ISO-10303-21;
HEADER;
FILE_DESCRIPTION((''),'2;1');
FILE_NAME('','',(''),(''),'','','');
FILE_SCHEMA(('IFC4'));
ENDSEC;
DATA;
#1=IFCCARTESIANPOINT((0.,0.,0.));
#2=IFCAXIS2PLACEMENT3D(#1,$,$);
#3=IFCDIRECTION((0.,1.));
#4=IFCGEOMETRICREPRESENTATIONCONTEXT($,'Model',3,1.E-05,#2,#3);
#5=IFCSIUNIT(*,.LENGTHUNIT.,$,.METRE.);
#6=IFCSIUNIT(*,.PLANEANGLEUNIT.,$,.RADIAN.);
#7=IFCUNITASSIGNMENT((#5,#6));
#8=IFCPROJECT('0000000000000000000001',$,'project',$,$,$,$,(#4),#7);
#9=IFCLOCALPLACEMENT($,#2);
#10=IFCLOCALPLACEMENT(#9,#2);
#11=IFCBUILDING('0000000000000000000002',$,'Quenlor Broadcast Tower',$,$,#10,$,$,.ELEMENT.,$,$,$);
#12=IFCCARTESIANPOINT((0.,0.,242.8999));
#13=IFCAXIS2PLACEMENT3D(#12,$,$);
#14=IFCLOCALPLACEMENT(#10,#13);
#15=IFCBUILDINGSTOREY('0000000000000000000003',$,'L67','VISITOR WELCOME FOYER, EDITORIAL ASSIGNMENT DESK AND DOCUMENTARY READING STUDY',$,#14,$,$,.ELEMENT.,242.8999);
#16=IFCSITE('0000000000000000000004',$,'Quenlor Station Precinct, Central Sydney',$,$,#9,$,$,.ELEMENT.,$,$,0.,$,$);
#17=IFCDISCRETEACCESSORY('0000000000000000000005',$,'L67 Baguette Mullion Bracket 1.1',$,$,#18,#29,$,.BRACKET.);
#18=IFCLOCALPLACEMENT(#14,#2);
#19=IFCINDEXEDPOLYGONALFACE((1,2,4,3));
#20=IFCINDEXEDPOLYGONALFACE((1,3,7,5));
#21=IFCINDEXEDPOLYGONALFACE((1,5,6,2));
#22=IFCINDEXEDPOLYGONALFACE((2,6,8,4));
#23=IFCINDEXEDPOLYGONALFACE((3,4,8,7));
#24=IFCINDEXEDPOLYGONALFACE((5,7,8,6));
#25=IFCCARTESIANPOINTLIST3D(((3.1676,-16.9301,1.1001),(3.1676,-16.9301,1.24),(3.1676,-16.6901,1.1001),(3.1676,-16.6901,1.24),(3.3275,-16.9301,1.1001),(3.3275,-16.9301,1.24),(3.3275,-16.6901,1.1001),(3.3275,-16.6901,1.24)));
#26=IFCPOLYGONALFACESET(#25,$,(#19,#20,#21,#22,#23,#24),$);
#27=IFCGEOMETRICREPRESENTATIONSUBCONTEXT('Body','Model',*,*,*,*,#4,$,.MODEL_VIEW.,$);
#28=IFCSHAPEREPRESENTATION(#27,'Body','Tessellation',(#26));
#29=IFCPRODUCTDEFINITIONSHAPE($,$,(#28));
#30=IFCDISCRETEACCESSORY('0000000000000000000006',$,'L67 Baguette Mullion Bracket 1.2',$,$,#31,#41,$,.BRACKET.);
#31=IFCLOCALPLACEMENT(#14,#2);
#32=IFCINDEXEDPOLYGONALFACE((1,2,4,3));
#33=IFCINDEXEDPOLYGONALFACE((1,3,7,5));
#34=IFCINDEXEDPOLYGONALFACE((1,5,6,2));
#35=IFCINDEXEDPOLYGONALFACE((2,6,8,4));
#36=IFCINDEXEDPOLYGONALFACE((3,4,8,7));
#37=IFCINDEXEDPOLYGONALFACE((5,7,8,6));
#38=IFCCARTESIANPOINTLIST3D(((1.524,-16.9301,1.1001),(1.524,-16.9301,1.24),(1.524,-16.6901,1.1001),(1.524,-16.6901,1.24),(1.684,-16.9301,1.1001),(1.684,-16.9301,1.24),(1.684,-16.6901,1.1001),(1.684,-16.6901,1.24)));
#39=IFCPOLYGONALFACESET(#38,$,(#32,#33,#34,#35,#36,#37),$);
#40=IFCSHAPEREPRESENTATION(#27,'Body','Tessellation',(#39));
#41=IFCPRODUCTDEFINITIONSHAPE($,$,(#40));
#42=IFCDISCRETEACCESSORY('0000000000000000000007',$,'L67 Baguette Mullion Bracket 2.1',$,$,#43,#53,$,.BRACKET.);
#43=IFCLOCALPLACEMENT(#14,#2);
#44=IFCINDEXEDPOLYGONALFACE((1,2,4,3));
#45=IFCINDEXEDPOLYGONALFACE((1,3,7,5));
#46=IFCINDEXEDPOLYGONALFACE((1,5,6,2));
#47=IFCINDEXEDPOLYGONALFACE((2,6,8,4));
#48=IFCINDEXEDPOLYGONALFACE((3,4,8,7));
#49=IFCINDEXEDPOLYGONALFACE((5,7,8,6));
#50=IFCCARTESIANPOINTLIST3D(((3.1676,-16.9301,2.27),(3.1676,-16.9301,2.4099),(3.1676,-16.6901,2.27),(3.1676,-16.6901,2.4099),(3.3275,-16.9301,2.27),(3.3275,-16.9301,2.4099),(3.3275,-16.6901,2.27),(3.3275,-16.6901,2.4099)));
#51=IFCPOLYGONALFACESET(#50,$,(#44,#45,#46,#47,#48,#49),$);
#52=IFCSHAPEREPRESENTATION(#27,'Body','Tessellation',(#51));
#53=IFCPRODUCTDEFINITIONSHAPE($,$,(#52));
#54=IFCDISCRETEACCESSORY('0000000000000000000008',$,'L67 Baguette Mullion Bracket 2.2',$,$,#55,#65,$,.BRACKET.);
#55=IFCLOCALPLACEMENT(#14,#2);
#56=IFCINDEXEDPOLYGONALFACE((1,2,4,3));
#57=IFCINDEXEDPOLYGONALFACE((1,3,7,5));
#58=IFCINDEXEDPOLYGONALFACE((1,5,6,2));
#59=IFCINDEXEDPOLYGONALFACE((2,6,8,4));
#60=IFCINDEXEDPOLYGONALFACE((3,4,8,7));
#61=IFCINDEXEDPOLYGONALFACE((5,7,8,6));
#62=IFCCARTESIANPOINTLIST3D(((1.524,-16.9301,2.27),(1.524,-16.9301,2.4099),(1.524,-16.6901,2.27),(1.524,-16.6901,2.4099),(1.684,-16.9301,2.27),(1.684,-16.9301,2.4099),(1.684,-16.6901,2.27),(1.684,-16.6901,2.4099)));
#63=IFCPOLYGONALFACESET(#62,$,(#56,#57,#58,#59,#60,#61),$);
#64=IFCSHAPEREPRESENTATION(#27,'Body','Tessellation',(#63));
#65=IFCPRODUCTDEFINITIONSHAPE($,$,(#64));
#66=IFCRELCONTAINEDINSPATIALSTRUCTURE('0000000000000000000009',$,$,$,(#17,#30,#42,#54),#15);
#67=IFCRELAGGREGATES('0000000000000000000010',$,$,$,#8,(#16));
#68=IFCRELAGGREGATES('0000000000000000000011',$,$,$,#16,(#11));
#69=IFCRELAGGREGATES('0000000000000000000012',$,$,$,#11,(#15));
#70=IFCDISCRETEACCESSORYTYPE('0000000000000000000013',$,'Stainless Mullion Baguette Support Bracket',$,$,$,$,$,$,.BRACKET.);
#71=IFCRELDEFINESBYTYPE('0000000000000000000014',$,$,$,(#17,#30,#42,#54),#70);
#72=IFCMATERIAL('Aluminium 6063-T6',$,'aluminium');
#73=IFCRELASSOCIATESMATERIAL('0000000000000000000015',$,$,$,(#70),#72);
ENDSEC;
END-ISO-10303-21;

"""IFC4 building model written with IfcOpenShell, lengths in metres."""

from ifc_helpers import new_model, si_unit, direction, frame, origin, origin_2d, place, context, subcontext, project, spatial, rectangle, extrude, material, type_object, element, save


model = new_model("IFC4")

# Units and contexts
model_context = context("Model", 3, precision=1e-05, world=origin(), true_north=direction((0.0, 1.0)))
body_context = subcontext(model_context, "Body", "Model", "MODEL_VIEW")
ifc_project = project(units=[si_unit("LENGTHUNIT", "METRE"), si_unit("PLANEANGLEUNIT", "RADIAN")], contexts=[model_context])

# Site, building, storey
site_placement = place(None, origin())
site = spatial("IfcSite", under=ifc_project, at=site_placement, Name="Quenlor Station Precinct, Central Sydney", CompositionType="ELEMENT", RefElevation=0.0)
building_placement = place(site_placement, origin())
building = spatial("IfcBuilding", under=site, at=building_placement, Name="Quenlor Broadcast Tower", CompositionType="ELEMENT")
storey_placement = place(building_placement, frame((0.0, 0.0, 242.8999)))
storey = spatial("IfcBuildingStorey", under=building, at=storey_placement, Name="L67", Description="VISITOR WELCOME FOYER, EDITORIAL ASSIGNMENT DESK AND DOCUMENTARY READING STUDY", CompositionType="ELEMENT", Elevation=242.8999)

# Discrete accessories
ifc_material_1 = material(Name="Aluminium 6063-T6", Category="aluminium")
discrete_accessory_type = type_object("IfcDiscreteAccessoryType", Name="Stainless Mullion Baguette Support Bracket", PredefinedType="BRACKET", material=ifc_material_1)
for number, where, z_axis, x_axis, name in (
    (1, (3.2476, -16.8101, 1.1001), (0.0, 0.0, 1.0), (-1.0, 0.0, 0.0), "L67 Baguette Mullion Bracket 1.1"),
    (2, (1.604, -16.8101, 1.1001), (0.0, 0.0, 1.0), (-1.0, 0.0, 0.0), "L67 Baguette Mullion Bracket 1.2"),
    (3, (3.2476, -16.8101, 2.27), (0.0, 0.0, 1.0), (-1.0, 0.0, 0.0), "L67 Baguette Mullion Bracket 2.1"),
    (4, (1.604, -16.8101, 2.27), (0.0, 0.0, 1.0), (-1.0, 0.0, 0.0), "L67 Baguette Mullion Bracket 2.2"),
):
    element("IfcDiscreteAccessory", number, at=place(storey_placement, frame(where, z_axis=z_axis, x_axis=x_axis)), inside=storey, type_object=discrete_accessory_type, Name=name, PredefinedType="BRACKET", context=body_context, shape_type="SweptSolid", body=[
        extrude(rectangle(XDim=0.1599, YDim=0.24, at=origin_2d()), origin(), (0.0, 0.0, 1.0), 0.1399),
    ])

save(model, "model.ifc")
